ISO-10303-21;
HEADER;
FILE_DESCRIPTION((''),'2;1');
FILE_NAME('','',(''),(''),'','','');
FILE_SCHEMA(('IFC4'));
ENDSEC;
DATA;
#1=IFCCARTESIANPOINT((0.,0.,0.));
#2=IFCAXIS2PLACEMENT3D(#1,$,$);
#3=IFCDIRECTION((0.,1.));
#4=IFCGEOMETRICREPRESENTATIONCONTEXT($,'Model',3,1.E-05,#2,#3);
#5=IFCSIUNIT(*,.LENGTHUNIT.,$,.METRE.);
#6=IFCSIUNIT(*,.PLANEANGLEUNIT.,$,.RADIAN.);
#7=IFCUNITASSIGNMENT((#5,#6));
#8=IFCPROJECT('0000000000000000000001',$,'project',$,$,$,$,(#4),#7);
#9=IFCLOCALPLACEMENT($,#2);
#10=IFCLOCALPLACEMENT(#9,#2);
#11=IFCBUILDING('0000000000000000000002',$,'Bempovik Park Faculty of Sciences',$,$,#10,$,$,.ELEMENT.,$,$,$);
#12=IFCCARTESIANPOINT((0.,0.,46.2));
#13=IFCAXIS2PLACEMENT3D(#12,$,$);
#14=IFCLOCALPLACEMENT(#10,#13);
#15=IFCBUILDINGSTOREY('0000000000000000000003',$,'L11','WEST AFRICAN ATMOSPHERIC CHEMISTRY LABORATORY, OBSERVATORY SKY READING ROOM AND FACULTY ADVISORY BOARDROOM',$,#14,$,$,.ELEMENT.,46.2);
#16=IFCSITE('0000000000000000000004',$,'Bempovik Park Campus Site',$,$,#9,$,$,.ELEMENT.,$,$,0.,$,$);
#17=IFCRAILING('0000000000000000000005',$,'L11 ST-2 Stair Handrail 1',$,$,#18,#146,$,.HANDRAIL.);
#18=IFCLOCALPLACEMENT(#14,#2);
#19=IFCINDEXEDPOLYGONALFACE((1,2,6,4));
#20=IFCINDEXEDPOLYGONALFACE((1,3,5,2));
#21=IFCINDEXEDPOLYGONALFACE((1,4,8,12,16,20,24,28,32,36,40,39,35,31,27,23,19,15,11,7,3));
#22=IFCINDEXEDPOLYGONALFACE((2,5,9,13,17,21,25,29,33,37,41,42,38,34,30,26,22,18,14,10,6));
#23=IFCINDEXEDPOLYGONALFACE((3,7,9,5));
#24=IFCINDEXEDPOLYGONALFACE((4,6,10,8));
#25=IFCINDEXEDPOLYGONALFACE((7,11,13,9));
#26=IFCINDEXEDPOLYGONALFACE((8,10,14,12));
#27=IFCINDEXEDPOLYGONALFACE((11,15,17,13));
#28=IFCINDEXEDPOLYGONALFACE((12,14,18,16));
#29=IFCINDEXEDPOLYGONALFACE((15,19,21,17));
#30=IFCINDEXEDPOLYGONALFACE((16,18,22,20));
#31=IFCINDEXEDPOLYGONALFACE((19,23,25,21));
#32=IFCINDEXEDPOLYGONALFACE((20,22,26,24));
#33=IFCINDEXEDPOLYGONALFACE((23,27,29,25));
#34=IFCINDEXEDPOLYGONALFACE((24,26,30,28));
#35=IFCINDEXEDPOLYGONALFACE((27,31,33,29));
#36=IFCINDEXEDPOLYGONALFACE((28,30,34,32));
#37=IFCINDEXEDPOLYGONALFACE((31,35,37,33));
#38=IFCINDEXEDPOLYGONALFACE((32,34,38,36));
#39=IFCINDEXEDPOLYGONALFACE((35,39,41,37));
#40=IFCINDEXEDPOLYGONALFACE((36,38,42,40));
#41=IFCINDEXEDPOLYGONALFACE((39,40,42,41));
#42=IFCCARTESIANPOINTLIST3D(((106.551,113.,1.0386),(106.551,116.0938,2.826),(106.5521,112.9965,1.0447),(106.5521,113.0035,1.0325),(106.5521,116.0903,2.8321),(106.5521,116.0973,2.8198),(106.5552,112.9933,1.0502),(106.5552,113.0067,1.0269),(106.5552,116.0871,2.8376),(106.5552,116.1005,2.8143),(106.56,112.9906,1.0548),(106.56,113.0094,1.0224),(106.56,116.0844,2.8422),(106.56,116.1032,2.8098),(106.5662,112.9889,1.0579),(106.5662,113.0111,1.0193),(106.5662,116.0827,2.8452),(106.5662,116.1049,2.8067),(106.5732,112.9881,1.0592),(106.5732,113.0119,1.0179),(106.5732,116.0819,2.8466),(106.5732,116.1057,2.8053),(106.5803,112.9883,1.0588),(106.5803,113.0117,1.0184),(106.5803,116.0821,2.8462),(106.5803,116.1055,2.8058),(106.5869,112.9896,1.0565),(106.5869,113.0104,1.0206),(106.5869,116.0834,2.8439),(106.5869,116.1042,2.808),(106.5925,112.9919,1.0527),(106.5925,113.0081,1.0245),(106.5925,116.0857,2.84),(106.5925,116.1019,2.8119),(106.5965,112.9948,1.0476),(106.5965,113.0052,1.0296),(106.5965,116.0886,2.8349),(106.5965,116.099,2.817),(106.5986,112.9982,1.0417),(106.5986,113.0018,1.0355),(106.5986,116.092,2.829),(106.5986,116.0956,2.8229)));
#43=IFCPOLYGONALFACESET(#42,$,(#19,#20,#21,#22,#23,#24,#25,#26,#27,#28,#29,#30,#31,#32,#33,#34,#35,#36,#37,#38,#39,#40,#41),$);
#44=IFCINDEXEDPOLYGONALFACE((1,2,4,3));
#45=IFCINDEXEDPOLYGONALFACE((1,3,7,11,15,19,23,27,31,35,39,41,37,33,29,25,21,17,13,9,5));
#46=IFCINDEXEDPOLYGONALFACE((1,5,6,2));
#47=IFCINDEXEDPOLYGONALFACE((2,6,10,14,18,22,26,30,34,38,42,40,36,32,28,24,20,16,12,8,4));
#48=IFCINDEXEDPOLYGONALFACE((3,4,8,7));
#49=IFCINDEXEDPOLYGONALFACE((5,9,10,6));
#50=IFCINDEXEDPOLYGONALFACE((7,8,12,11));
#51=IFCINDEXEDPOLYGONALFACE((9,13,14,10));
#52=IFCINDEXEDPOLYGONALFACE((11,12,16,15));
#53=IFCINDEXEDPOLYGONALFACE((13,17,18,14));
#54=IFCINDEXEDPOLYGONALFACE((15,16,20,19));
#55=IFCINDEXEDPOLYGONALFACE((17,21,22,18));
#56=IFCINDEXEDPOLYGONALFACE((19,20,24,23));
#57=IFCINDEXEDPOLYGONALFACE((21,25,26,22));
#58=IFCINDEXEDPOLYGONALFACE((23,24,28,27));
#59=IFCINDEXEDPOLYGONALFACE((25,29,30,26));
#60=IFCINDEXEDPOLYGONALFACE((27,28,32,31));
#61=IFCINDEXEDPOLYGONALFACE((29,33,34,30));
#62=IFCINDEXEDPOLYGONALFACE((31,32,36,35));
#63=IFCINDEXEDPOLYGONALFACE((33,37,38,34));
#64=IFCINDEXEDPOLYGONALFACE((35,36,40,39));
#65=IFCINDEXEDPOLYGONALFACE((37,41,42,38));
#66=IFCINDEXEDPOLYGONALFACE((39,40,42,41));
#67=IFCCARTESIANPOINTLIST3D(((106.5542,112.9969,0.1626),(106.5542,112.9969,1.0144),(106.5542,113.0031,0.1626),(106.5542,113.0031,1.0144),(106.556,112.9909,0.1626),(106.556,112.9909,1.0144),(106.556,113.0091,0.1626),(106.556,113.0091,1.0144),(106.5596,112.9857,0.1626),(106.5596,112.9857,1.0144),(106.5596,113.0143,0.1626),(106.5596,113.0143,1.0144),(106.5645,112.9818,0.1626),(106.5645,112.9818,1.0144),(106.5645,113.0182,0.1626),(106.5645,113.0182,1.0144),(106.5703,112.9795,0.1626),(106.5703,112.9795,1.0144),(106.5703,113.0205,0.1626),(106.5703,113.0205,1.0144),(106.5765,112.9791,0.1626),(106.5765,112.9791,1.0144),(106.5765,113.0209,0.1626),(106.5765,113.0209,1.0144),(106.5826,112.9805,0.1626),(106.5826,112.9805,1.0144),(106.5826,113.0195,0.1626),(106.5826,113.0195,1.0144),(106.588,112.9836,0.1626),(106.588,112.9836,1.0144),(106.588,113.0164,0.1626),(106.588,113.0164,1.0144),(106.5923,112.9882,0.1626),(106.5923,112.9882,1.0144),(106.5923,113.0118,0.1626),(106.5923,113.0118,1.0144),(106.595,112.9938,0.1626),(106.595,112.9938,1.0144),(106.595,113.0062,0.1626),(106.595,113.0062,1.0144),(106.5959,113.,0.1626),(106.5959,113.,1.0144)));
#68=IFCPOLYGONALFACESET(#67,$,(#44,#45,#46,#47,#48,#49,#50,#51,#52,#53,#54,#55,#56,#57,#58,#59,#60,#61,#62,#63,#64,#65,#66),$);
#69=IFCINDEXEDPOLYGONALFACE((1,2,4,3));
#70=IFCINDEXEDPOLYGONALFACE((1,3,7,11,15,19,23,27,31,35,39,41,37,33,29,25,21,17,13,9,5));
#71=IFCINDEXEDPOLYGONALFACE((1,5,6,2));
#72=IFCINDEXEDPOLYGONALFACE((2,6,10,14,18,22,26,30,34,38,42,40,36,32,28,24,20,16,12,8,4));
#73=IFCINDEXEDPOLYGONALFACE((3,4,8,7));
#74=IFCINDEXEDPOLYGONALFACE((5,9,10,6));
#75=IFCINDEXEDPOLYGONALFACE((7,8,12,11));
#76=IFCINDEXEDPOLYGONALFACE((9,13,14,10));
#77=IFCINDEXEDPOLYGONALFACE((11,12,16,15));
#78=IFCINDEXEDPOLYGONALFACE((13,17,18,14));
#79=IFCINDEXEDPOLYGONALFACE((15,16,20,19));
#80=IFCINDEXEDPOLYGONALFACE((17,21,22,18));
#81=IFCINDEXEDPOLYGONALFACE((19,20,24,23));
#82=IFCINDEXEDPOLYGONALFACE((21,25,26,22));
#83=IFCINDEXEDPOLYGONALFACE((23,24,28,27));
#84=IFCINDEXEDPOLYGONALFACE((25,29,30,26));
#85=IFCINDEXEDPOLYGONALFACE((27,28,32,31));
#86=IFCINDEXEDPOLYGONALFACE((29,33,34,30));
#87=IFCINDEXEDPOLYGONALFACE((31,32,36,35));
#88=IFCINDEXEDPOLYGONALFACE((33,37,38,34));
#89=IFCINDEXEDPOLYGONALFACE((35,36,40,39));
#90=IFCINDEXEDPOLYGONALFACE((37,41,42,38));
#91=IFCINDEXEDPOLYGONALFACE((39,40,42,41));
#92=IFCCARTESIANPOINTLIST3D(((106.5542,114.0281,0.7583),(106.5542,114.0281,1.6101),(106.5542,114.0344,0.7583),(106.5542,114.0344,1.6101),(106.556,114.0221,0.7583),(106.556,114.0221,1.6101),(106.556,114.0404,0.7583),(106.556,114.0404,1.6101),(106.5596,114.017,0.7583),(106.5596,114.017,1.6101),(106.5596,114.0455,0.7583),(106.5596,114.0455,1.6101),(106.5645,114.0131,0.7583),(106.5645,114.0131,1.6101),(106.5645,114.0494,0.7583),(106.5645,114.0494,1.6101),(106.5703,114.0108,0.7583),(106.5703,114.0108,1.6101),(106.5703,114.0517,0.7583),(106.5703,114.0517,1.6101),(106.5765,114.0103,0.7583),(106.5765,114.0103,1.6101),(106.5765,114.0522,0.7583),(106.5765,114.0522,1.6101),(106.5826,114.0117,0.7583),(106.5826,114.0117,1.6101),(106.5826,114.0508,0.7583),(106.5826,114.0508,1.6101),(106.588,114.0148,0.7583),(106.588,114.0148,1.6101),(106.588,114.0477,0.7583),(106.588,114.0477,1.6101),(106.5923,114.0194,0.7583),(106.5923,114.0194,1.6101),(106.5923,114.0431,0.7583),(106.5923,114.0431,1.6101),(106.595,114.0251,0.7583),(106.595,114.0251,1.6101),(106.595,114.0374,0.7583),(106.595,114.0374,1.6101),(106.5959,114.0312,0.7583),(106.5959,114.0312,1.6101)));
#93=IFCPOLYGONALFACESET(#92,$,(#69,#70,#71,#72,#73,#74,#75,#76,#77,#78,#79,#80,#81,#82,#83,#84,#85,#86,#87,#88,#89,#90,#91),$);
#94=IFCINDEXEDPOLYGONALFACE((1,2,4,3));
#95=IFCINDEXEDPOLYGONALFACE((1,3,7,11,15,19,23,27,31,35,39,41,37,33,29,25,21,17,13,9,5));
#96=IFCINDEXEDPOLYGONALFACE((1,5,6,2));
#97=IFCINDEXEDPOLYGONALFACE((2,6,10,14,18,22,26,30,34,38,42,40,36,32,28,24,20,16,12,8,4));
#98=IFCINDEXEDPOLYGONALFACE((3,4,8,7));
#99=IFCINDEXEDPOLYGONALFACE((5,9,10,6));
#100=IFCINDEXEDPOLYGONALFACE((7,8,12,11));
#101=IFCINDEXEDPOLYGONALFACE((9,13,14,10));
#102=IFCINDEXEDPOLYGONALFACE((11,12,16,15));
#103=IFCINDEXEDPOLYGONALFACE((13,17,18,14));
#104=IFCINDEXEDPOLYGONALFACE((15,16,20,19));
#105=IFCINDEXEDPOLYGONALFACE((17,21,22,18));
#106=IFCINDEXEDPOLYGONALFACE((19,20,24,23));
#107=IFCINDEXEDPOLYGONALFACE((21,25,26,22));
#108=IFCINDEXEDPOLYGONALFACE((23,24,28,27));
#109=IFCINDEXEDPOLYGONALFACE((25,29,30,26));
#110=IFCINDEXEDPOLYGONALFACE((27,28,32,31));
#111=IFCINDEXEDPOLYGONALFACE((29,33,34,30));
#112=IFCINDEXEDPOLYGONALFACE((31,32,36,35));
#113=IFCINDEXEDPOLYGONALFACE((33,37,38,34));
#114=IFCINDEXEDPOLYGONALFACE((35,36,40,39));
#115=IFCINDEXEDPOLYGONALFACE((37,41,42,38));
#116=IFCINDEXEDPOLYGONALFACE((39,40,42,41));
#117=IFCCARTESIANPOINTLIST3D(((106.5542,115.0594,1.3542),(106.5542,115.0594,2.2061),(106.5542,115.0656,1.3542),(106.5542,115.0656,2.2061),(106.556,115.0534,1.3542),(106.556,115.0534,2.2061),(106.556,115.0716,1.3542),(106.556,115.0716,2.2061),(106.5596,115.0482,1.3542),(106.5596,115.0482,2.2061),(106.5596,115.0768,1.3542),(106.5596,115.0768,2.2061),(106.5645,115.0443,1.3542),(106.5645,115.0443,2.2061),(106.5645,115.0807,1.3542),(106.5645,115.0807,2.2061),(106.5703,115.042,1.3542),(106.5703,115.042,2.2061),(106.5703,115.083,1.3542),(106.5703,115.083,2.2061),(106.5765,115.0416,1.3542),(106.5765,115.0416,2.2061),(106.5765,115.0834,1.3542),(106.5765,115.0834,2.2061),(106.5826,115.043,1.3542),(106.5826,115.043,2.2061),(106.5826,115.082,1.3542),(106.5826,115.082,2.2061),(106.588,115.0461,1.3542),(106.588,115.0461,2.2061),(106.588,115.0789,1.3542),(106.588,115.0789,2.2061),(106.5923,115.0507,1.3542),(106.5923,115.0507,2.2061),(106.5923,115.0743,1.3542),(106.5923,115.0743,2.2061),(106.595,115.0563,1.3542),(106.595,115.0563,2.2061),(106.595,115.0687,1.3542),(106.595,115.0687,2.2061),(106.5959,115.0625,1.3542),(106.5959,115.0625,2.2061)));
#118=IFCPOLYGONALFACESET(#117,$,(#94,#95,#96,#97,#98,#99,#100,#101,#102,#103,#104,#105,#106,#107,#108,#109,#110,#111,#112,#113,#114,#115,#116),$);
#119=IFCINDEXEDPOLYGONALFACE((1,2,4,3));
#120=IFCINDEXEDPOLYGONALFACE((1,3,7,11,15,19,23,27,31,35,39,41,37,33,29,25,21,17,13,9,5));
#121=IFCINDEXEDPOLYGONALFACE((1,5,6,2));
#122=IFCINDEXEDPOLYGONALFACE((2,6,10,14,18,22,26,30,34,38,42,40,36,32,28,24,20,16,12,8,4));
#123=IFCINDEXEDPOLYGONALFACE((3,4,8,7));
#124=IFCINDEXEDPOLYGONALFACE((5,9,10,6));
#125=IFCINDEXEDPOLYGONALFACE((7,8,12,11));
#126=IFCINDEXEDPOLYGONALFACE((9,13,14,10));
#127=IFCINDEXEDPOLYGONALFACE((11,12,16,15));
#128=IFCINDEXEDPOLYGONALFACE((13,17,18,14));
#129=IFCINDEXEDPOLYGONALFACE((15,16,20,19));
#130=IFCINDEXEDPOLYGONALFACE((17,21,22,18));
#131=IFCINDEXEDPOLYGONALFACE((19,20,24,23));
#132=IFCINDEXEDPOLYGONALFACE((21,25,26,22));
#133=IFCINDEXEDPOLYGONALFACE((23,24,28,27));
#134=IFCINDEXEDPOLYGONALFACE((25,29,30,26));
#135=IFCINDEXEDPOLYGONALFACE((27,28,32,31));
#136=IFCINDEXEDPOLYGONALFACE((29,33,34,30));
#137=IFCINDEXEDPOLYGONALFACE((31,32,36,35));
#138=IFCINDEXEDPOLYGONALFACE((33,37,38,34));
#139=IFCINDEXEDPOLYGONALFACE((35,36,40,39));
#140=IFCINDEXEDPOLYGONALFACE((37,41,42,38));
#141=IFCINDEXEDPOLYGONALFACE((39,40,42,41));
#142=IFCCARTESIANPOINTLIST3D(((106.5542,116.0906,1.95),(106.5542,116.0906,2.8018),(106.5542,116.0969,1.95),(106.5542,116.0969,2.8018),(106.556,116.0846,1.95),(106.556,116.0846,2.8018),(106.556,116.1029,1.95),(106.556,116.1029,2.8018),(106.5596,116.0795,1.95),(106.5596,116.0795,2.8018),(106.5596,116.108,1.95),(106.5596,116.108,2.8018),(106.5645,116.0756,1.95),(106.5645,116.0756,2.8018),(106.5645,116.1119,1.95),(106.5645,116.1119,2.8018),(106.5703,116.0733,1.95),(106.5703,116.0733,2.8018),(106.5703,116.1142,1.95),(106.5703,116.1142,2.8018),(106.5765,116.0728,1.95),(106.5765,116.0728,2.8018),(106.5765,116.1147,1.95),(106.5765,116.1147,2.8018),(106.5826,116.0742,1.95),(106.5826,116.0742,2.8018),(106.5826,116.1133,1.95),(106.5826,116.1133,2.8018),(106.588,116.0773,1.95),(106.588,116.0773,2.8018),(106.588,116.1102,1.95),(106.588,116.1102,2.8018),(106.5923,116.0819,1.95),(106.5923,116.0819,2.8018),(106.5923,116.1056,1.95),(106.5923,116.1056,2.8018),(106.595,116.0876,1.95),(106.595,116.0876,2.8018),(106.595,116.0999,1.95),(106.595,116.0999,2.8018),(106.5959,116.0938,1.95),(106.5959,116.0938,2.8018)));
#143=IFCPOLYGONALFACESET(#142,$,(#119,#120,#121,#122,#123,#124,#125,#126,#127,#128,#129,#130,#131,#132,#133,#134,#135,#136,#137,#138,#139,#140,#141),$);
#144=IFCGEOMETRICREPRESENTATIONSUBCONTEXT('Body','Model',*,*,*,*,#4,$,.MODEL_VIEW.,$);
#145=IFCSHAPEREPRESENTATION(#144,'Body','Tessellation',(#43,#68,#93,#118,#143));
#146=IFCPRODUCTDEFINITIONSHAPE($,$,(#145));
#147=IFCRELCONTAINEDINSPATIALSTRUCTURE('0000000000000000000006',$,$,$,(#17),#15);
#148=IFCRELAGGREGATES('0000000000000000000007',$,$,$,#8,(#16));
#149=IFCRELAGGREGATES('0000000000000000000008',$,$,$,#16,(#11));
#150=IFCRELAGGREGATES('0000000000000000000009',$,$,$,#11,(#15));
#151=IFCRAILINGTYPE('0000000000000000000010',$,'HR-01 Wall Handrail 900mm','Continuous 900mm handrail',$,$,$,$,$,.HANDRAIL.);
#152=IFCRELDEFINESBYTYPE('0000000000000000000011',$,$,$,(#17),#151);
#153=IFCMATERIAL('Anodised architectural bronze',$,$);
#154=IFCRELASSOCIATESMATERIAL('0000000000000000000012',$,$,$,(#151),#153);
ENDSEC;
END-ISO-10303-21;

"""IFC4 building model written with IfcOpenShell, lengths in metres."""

from ifc_helpers import new_model, si_unit, direction, frame, origin, origin_2d, place, context, subcontext, project, spatial, circle, extrude, material, type_object, element, save


model = new_model("IFC4")

# Units and contexts
model_context = context("Model", 3, precision=1e-05, world=origin(), true_north=direction((0.0, 1.0)))
body_context = subcontext(model_context, "Body", "Model", "MODEL_VIEW")
ifc_project = project(units=[si_unit("LENGTHUNIT", "METRE"), si_unit("PLANEANGLEUNIT", "RADIAN")], contexts=[model_context])

# Site, building, storey
site_placement = place(None, origin())
site = spatial("IfcSite", under=ifc_project, at=site_placement, Name="Bempovik Park Campus Site", CompositionType="ELEMENT", RefElevation=0.0)
building_placement = place(site_placement, origin())
building = spatial("IfcBuilding", under=site, at=building_placement, Name="Bempovik Park Faculty of Sciences", CompositionType="ELEMENT")
storey_placement = place(building_placement, frame((0.0, 0.0, 46.2)))
storey = spatial("IfcBuildingStorey", under=building, at=storey_placement, Name="L11", Description="WEST AFRICAN ATMOSPHERIC CHEMISTRY LABORATORY, OBSERVATORY SKY READING ROOM AND FACULTY ADVISORY BOARDROOM", CompositionType="ELEMENT", Elevation=46.2)

# Railing
ifc_material_1 = material(Name="Anodised architectural bronze")
railing_type_1 = type_object("IfcRailingType", Name="HR-01 Wall Handrail 900mm", Description="Continuous 900mm handrail", PredefinedType="HANDRAIL", material=ifc_material_1)
railing_1_placement = place(storey_placement, frame((106.575, 113.0, 0.1626)))
element("IfcRailing", 1, at=railing_1_placement, inside=storey, type_object=railing_type_1, Name="L11 ST-2 Stair Handrail 1", PredefinedType="HANDRAIL", context=body_context, shape_type="SweptSolid", body=[
    extrude(circle(Radius=0.0239, at=origin_2d()), frame((0.0, 0.0, 0.876), z_axis=(0.0, 0.865883, 0.500247), x_axis=(-1.0, 0.0, 0.0)), (0.0, 0.0, 1.0), 3.573),
    extrude(circle(Radius=0.021, at=origin_2d()), origin(), (0.0, 0.0, 1.0), 0.8518),
    extrude(circle(Radius=0.021, at=origin_2d()), frame((0.0, 1.0312, 0.5957)), (0.0, 0.0, 1.0), 0.8518),
    extrude(circle(Radius=0.021, at=origin_2d()), frame((0.0, 2.0625, 1.1917)), (0.0, 0.0, 1.0), 0.8518),
    extrude(circle(Radius=0.021, at=origin_2d()), frame((0.0, 3.0938, 1.7874)), (0.0, 0.0, 1.0), 0.8518),
])

save(model, "model.ifc")
